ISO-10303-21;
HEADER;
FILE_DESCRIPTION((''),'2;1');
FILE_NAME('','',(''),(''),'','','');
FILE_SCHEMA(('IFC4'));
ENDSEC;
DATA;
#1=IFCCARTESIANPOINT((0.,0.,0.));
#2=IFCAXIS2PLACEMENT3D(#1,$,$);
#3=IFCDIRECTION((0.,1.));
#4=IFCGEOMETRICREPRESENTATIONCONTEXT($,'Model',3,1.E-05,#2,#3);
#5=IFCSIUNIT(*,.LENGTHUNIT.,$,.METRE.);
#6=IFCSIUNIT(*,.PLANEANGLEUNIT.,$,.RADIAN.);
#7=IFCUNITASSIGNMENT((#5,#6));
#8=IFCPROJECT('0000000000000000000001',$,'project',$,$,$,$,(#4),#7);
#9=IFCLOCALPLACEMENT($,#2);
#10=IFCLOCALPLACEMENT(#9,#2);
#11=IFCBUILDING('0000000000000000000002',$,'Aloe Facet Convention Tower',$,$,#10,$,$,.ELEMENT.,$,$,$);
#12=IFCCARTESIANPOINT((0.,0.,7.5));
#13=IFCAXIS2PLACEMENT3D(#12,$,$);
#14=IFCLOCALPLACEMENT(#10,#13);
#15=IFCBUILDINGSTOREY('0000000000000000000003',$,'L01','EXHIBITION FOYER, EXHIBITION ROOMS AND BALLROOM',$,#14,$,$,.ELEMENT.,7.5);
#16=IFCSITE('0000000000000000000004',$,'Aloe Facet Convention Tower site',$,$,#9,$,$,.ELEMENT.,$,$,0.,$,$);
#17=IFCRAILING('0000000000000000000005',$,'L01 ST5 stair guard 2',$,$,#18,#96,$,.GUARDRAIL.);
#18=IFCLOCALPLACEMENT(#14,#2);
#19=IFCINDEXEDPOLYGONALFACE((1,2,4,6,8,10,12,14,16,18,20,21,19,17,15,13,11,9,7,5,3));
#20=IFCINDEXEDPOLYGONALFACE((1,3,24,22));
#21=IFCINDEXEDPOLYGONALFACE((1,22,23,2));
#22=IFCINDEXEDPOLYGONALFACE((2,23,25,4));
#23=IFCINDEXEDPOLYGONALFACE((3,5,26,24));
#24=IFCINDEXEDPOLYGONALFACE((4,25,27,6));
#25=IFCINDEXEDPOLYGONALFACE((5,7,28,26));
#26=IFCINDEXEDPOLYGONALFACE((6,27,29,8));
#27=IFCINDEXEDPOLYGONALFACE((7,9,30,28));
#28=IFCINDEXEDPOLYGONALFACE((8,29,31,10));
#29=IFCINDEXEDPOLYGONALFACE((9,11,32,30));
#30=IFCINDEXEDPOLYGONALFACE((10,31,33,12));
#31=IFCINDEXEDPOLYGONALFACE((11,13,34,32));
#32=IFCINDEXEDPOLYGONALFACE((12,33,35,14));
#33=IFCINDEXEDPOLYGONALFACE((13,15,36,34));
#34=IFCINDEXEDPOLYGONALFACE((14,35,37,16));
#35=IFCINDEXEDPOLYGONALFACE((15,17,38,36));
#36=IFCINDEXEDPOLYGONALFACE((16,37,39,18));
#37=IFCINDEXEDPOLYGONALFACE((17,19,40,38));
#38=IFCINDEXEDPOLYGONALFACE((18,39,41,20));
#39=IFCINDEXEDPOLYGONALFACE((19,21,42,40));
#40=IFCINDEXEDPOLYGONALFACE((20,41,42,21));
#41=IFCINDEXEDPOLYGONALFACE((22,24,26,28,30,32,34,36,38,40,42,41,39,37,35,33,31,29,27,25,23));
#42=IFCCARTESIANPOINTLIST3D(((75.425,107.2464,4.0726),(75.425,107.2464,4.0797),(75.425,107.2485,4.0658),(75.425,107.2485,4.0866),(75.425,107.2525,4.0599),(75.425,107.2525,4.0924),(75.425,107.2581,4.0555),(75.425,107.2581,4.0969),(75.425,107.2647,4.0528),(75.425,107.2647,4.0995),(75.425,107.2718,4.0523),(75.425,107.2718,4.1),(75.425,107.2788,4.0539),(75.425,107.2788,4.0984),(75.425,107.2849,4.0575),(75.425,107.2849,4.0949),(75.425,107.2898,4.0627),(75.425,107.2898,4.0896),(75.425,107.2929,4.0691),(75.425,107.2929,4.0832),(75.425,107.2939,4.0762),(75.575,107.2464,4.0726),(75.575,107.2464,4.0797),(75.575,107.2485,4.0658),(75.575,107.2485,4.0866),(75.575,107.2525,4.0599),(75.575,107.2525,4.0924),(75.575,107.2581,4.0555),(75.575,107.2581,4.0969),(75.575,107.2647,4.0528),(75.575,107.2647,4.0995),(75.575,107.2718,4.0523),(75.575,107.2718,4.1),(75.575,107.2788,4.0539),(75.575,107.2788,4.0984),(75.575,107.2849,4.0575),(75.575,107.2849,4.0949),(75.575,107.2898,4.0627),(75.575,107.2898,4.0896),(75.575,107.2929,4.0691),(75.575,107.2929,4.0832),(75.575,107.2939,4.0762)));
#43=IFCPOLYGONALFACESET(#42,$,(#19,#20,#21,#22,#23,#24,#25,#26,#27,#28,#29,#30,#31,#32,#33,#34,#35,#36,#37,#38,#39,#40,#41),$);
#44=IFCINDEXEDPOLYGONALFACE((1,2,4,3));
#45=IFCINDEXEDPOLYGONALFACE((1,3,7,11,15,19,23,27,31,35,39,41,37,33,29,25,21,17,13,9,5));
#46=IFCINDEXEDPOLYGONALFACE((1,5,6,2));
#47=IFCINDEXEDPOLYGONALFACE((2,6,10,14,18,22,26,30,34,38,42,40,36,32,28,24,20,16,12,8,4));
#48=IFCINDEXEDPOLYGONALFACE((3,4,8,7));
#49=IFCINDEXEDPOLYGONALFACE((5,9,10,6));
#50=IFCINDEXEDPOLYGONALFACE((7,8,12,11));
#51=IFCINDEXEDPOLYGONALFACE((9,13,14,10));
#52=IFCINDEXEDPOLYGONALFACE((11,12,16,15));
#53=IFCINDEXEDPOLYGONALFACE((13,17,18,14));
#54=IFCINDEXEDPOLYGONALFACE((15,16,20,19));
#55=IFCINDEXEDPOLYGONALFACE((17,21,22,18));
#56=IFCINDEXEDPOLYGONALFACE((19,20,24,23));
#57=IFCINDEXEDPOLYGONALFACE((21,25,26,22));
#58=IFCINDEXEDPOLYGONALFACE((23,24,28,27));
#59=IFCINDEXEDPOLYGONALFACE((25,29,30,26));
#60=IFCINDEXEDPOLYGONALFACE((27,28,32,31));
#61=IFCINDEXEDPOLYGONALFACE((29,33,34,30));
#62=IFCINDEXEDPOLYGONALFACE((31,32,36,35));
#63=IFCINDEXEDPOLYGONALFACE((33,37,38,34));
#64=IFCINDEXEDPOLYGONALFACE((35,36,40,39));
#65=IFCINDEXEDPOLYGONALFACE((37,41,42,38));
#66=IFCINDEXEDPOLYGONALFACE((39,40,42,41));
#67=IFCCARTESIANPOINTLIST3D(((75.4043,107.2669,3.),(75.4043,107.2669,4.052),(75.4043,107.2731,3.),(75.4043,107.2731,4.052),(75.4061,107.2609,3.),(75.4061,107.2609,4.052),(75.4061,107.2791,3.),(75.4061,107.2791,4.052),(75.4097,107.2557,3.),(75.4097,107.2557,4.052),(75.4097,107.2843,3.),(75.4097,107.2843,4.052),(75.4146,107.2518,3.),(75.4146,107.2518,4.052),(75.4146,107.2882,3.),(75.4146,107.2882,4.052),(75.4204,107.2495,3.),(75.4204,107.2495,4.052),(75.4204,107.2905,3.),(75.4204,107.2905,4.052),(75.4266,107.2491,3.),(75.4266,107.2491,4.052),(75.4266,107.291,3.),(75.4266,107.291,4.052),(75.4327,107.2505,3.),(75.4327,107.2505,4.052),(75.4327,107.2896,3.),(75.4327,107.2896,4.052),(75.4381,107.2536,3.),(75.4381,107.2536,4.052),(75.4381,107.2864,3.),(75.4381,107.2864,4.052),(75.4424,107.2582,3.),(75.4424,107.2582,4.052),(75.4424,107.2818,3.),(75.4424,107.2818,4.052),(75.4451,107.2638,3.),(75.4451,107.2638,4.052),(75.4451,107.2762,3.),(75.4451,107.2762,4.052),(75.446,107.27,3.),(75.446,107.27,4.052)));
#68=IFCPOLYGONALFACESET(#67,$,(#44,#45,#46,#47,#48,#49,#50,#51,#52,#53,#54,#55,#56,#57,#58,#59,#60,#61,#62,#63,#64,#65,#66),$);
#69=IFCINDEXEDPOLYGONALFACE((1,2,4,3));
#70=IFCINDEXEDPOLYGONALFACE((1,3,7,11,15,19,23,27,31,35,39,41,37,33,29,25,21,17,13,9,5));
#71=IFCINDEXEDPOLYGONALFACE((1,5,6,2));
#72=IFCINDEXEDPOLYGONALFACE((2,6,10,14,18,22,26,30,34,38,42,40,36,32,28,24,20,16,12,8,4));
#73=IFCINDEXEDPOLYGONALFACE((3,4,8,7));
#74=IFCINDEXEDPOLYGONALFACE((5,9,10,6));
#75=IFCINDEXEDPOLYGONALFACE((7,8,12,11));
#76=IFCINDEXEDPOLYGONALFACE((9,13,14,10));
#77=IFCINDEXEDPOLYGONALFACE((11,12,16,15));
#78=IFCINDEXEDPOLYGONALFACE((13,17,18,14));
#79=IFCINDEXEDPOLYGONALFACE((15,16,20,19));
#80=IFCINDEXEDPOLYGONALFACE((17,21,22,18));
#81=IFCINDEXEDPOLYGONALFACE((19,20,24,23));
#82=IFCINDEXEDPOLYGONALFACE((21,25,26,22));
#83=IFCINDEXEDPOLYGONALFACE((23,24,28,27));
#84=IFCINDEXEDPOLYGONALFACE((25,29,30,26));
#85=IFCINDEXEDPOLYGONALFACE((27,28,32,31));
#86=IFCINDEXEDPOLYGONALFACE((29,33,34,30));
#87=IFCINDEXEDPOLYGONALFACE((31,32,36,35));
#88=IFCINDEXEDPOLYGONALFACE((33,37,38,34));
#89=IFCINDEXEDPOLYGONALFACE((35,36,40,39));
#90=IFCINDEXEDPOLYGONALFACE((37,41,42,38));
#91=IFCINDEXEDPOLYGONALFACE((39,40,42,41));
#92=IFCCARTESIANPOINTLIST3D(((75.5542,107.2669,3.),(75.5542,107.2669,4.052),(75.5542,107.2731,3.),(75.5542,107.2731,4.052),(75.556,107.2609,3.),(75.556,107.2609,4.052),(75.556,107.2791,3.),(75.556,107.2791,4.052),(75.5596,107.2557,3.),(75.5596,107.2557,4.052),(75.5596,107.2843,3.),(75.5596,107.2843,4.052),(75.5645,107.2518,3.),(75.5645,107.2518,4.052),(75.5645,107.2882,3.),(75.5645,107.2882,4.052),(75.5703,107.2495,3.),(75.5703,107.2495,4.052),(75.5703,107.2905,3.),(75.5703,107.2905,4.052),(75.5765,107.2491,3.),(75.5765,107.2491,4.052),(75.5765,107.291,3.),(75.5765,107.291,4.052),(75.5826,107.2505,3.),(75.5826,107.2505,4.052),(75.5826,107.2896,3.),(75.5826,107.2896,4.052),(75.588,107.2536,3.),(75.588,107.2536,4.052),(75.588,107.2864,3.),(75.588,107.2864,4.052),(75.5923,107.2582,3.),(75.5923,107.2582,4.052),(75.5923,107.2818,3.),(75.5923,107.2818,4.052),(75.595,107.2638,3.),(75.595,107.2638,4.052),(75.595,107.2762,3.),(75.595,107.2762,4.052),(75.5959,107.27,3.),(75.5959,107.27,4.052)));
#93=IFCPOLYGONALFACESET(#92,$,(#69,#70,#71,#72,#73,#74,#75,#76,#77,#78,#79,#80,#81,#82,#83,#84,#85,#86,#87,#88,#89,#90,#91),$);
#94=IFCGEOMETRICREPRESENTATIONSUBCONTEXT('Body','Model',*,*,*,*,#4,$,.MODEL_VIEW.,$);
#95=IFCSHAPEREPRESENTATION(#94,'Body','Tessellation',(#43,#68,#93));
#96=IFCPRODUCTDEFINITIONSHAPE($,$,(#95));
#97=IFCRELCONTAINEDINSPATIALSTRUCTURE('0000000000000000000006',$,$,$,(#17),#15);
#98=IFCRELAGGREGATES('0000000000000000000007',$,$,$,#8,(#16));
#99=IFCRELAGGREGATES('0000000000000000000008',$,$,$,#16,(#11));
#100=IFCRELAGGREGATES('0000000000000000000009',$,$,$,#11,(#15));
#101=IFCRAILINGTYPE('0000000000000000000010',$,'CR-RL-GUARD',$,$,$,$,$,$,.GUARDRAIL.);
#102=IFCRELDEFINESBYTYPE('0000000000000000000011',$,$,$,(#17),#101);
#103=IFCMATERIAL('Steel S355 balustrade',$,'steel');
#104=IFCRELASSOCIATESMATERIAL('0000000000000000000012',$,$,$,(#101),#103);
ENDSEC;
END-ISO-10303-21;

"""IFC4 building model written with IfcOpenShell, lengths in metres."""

from ifc_helpers import new_model, si_unit, direction, frame, origin, origin_2d, place, context, subcontext, project, spatial, circle, extrude, material, type_object, element, save


model = new_model("IFC4")

# Units and contexts
model_context = context("Model", 3, precision=1e-05, world=origin(), true_north=direction((0.0, 1.0)))
body_context = subcontext(model_context, "Body", "Model", "MODEL_VIEW")
ifc_project = project(units=[si_unit("LENGTHUNIT", "METRE"), si_unit("PLANEANGLEUNIT", "RADIAN")], contexts=[model_context])

# Site, building, storey
site_placement = place(None, origin())
site = spatial("IfcSite", under=ifc_project, at=site_placement, Name="Aloe Facet Convention Tower site", CompositionType="ELEMENT", RefElevation=0.0)
building_placement = place(site_placement, origin())
building = spatial("IfcBuilding", under=site, at=building_placement, Name="Aloe Facet Convention Tower", CompositionType="ELEMENT")
storey_placement = place(building_placement, frame((0.0, 0.0, 7.5)))
storey = spatial("IfcBuildingStorey", under=building, at=storey_placement, Name="L01", Description="EXHIBITION FOYER, EXHIBITION ROOMS AND BALLROOM", CompositionType="ELEMENT", Elevation=7.5)

# Railing
ifc_material_1 = material(Name="Steel S355 balustrade", Category="steel")
railing_type_1 = type_object("IfcRailingType", Name="CR-RL-GUARD", PredefinedType="GUARDRAIL", material=ifc_material_1)
railing_1_placement = place(storey_placement, frame((75.425, 107.27, 3.0)))
element("IfcRailing", 1, at=railing_1_placement, inside=storey, type_object=railing_type_1, Name="L01 ST5 stair guard 2", PredefinedType="GUARDRAIL", context=body_context, shape_type="SweptSolid", body=[
    extrude(circle(Radius=0.0239, at=origin_2d()), frame((0.0, 0.0, 1.0762), z_axis=(1.0, 0.0, 0.0), x_axis=(0.0, 1.0, 0.0)), (0.0, 0.0, 1.0), 0.1499),
    extrude(circle(Radius=0.021, at=origin_2d()), origin(), (0.0, 0.0, 1.0), 1.052),
    extrude(circle(Radius=0.021, at=origin_2d()), frame((0.1499, 0.0, 0.0)), (0.0, 0.0, 1.0), 1.052),
])

save(model, "model.ifc")
